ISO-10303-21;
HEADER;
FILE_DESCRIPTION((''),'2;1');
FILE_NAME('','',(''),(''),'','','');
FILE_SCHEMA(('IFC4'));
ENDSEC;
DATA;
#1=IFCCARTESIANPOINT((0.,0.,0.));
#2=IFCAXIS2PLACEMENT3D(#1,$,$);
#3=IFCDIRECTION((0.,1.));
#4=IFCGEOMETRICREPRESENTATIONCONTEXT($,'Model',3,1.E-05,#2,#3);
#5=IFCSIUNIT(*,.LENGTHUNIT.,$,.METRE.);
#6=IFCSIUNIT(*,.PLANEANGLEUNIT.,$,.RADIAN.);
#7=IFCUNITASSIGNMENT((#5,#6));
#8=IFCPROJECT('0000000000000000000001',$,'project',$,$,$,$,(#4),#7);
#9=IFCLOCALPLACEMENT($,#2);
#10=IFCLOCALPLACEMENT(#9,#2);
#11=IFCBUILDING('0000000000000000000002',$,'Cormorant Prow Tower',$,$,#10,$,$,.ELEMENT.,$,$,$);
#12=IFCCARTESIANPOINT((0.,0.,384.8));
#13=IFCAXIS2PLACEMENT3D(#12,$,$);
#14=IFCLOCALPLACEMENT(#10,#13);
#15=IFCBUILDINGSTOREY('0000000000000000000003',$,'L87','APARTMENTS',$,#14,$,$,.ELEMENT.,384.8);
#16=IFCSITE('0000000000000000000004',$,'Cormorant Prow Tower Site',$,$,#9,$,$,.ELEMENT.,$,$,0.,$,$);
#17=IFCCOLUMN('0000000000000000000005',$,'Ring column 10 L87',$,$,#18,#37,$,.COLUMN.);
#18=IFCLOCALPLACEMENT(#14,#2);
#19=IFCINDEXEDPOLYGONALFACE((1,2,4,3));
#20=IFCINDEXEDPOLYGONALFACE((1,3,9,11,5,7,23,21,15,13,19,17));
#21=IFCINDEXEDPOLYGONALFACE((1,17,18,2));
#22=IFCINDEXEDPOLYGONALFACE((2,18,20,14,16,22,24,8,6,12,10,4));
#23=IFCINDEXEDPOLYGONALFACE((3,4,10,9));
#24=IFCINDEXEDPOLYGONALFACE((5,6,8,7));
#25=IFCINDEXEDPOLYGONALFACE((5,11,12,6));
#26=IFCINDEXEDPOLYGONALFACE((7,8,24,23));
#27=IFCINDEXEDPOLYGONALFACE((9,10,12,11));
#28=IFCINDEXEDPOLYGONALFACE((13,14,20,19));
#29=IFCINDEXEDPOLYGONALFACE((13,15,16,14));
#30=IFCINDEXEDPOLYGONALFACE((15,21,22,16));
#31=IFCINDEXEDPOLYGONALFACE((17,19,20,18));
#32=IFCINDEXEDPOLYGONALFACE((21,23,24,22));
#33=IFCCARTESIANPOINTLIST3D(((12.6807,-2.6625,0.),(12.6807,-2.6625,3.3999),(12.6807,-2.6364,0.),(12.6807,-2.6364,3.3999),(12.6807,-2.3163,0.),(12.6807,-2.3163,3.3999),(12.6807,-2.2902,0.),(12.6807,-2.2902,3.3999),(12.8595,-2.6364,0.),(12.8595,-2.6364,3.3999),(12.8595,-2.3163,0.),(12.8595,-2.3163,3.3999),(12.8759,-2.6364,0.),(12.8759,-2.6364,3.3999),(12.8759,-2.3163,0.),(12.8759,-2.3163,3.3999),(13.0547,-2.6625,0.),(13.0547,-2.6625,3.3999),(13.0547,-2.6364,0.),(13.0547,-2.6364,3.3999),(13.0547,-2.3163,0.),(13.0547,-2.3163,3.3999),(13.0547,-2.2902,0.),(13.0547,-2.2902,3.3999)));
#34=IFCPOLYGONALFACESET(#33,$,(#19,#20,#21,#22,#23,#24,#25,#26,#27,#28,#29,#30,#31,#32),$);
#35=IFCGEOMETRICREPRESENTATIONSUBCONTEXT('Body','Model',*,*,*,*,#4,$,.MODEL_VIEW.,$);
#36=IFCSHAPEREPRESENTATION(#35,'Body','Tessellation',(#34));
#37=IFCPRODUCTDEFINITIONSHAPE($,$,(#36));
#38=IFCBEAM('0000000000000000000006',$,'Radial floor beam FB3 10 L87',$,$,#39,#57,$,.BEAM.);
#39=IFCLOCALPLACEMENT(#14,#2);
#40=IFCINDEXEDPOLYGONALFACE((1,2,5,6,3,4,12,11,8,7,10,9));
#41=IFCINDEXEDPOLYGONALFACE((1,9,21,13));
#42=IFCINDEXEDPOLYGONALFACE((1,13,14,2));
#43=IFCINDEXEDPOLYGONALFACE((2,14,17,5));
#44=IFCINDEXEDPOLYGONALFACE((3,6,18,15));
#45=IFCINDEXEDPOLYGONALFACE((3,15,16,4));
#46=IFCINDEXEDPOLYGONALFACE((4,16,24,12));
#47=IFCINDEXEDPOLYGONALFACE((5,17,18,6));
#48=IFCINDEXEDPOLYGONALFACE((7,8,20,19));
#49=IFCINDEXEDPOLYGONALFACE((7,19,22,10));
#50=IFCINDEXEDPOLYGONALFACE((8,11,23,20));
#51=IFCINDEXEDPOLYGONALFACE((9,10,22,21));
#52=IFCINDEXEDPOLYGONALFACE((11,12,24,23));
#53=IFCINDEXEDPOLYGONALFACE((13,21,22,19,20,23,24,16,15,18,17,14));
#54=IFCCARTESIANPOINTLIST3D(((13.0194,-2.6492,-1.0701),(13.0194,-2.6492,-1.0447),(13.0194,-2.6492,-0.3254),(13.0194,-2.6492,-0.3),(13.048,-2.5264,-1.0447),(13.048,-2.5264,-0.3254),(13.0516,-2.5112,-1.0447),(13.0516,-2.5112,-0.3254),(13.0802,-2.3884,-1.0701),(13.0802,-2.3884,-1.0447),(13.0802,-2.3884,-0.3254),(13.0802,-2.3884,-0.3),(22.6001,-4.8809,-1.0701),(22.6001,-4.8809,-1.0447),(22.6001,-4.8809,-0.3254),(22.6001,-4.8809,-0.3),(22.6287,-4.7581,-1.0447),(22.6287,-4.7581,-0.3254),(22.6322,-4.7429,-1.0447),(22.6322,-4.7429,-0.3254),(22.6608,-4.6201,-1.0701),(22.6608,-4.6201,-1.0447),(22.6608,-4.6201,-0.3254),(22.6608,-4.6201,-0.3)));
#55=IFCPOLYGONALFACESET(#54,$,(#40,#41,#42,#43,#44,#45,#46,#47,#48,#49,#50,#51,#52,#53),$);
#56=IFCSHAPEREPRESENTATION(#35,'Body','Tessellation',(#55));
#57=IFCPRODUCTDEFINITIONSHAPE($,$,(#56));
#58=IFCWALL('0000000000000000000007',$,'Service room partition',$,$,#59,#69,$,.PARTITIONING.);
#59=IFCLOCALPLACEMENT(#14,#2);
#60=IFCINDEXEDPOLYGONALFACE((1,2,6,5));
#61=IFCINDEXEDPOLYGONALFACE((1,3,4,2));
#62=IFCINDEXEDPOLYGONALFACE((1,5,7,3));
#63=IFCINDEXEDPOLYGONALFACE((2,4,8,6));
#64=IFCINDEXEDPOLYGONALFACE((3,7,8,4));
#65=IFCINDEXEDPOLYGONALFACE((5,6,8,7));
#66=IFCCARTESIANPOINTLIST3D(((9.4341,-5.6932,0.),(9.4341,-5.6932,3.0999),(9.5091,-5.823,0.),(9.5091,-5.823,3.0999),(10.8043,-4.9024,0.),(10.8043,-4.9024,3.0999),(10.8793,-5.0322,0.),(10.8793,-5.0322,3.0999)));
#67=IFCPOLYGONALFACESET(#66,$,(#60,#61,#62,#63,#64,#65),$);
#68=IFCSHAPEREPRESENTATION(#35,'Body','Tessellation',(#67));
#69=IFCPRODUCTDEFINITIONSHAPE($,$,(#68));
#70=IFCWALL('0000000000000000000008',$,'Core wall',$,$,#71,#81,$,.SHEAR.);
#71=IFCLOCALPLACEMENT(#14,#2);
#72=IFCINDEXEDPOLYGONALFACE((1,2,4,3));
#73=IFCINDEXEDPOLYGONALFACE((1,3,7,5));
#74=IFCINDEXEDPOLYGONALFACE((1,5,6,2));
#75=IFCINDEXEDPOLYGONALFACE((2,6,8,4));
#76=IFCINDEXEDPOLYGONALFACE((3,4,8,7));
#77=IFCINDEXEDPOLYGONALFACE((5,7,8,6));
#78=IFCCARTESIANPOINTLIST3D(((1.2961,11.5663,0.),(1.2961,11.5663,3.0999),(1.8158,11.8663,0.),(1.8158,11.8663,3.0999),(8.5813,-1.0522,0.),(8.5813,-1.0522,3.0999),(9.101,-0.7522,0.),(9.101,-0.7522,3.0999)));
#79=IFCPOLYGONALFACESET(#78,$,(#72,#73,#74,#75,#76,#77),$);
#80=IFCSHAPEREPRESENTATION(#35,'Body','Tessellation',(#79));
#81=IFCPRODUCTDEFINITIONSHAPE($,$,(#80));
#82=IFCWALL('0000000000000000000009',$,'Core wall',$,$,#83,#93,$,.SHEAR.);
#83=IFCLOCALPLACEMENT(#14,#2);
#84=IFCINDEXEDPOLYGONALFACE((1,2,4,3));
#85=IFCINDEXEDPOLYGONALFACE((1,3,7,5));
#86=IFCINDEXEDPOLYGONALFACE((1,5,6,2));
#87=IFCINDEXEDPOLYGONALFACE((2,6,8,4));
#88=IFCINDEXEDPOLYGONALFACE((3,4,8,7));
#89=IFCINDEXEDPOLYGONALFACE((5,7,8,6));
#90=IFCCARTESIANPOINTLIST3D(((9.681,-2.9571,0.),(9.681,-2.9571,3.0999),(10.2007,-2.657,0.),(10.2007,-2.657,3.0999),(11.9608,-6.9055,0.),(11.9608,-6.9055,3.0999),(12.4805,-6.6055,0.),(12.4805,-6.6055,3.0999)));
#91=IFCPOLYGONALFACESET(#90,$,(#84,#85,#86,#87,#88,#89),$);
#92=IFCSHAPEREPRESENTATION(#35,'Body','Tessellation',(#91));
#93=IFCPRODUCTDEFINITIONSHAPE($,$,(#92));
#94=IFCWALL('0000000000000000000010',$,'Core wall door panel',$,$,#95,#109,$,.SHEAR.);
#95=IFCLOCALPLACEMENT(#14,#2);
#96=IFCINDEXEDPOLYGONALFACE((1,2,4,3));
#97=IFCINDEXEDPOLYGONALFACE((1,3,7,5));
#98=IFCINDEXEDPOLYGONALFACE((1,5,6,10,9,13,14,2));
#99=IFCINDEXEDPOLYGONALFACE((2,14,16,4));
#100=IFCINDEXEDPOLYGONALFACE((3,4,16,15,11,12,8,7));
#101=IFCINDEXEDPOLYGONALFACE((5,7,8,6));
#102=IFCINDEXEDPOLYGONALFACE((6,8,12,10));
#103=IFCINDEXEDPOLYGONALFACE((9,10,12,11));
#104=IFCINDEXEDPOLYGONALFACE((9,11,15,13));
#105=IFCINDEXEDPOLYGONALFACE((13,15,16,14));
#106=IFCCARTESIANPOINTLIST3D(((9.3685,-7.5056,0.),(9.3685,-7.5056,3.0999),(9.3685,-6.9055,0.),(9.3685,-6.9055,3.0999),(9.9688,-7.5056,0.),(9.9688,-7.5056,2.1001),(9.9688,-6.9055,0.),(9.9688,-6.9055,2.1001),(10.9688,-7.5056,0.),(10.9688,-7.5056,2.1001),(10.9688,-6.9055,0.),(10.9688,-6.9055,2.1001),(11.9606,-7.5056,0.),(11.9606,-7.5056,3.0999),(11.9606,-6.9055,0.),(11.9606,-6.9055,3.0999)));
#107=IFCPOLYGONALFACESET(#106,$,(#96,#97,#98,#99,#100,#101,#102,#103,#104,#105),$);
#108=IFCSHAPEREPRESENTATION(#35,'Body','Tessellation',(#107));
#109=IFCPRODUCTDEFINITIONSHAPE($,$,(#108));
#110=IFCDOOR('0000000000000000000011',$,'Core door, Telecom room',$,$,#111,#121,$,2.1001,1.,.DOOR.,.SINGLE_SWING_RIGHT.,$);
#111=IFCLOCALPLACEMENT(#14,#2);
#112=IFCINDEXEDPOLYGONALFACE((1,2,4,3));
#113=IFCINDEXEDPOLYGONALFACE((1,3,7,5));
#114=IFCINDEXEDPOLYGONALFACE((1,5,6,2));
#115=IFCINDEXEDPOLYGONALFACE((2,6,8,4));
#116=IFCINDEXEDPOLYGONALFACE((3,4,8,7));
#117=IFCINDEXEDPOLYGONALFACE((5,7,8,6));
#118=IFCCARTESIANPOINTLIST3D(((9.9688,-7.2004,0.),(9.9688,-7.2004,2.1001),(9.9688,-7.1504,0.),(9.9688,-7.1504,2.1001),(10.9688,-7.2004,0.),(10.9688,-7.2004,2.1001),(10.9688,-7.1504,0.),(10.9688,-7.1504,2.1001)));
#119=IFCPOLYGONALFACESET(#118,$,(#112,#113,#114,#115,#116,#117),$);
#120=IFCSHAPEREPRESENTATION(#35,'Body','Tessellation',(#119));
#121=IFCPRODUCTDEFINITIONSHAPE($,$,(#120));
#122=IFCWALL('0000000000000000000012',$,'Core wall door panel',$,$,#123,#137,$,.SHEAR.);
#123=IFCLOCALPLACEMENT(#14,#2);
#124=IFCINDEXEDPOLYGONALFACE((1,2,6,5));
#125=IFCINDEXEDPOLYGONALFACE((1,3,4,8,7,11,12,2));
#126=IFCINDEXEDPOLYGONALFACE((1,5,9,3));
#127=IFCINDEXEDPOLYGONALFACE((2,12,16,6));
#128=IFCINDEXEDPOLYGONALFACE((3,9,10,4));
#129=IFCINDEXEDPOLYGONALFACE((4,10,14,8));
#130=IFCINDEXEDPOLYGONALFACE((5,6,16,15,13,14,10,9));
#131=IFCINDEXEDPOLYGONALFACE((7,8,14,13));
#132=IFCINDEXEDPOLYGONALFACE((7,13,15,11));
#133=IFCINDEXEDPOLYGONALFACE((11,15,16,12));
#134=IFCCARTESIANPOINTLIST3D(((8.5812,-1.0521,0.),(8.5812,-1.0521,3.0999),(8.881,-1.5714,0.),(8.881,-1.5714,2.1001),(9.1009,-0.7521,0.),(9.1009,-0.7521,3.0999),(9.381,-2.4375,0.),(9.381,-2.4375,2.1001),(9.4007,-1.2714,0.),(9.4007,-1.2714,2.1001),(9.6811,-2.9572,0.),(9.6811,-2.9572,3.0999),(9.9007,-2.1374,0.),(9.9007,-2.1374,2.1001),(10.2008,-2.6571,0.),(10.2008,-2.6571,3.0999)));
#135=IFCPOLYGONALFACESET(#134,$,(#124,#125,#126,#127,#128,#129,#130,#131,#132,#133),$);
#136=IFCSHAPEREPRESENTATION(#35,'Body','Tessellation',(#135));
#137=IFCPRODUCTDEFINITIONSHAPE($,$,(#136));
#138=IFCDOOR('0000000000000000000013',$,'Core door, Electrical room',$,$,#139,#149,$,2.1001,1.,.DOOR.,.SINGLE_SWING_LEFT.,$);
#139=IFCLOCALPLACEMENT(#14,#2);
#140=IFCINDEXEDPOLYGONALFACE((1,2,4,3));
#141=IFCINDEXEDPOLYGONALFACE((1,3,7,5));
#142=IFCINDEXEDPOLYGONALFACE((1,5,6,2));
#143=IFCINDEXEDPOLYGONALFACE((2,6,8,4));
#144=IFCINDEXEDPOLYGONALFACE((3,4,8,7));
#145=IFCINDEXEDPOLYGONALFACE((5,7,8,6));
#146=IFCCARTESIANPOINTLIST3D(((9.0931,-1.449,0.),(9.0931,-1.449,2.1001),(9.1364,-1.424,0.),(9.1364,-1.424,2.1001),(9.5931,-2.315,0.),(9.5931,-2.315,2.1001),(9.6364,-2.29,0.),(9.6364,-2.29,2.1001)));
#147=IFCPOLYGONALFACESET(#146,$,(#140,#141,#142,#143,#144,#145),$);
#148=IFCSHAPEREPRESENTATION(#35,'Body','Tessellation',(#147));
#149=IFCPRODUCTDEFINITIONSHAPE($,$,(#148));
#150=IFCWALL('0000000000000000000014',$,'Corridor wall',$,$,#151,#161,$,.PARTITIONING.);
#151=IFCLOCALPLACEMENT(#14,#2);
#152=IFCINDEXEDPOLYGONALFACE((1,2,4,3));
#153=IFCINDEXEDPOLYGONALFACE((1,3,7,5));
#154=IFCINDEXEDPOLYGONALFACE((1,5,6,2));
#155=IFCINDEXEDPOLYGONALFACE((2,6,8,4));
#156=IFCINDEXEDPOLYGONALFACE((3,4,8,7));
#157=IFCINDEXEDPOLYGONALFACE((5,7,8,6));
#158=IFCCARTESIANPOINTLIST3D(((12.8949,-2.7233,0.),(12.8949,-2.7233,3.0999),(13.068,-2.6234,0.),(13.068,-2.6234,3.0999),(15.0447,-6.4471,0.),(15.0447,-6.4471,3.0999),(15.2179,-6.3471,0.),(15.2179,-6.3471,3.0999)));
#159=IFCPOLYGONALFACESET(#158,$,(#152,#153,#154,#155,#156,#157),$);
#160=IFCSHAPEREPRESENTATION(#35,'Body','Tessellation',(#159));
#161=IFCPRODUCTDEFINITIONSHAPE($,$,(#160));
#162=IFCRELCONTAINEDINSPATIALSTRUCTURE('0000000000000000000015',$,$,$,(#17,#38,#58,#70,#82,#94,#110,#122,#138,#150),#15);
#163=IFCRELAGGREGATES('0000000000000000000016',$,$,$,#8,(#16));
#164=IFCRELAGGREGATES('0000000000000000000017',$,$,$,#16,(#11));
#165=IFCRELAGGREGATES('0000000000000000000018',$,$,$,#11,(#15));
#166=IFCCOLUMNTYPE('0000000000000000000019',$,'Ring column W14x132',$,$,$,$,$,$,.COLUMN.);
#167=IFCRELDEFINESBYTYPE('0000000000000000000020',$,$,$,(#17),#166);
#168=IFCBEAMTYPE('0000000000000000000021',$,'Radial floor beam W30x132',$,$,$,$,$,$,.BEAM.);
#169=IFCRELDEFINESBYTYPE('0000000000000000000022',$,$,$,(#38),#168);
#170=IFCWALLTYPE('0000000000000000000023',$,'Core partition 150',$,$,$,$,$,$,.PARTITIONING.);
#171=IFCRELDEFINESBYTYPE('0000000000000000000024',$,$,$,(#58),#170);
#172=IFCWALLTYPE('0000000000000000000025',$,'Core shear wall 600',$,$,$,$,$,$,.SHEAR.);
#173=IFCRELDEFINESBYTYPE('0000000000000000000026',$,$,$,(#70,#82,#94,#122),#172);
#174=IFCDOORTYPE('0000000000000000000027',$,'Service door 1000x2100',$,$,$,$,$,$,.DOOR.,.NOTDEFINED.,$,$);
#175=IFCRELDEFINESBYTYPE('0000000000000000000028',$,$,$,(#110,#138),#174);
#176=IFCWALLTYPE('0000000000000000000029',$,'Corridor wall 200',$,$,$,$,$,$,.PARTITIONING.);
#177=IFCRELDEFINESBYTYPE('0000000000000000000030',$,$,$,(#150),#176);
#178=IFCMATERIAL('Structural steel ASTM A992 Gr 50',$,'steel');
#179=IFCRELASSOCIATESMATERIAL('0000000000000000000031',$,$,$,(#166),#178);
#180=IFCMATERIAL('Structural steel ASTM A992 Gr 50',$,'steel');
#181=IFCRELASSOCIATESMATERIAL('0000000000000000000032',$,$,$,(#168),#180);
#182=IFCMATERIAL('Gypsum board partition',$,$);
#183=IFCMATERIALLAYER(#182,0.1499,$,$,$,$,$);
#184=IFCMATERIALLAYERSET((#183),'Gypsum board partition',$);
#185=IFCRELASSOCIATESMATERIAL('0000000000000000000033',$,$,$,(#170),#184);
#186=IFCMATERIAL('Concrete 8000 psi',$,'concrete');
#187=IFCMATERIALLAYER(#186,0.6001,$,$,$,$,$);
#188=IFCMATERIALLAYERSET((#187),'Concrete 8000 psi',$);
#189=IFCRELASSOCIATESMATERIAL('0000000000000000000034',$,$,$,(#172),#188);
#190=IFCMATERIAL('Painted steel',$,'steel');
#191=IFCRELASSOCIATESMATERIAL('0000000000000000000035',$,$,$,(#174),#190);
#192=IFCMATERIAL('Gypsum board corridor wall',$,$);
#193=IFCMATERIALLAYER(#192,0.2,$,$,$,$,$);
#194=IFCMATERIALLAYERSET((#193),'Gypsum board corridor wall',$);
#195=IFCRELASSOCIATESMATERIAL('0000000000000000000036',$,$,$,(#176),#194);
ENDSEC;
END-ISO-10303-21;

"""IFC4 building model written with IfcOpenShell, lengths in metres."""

from ifc_helpers import new_model, si_unit, direction, frame, frame_2d, origin, origin_2d, place, context, subcontext, project, spatial, rectangle, i_section, extrude, material, layer, layer_set, material_profile, profile_set, type_object, element, fill, save


model = new_model("IFC4")

# Units and contexts
model_context = context("Model", 3, precision=1e-05, world=origin(), true_north=direction((0.0, 1.0)))
body_context = subcontext(model_context, "Body", "Model", "MODEL_VIEW")
ifc_project = project(units=[si_unit("LENGTHUNIT", "METRE"), si_unit("PLANEANGLEUNIT", "RADIAN")], contexts=[model_context])

# Site, building, storey
site_placement = place(None, origin())
site = spatial("IfcSite", under=ifc_project, at=site_placement, Name="Cormorant Prow Tower Site", CompositionType="ELEMENT", RefElevation=0.0)
building_placement = place(site_placement, origin())
building = spatial("IfcBuilding", under=site, at=building_placement, Name="Cormorant Prow Tower", CompositionType="ELEMENT")
storey_placement = place(building_placement, frame((0.0, 0.0, 384.8)))
storey = spatial("IfcBuildingStorey", under=building, at=storey_placement, Name="L87", Description="APARTMENTS", CompositionType="ELEMENT", Elevation=384.8)

# Column
ifc_material_1 = material(Name="Structural steel ASTM A992 Gr 50", Category="steel")
ifc_material_profile_1 = material_profile(ifc_material_1, i_section(OverallWidth=0.374, OverallDepth=0.3723, WebThickness=0.0164, FlangeThickness=0.0261, at=origin_2d()), Name="W14x132")
ifc_profile_set_1 = profile_set([ifc_material_profile_1], Name="Structural steel ASTM A992 Gr 50")
column_type = type_object("IfcColumnType", Name="Ring column W14x132", PredefinedType="COLUMN", material=ifc_profile_set_1)
column_placement = place(storey_placement, frame((12.8677, -2.4763, 0.0), z_axis=(0.0, 0.0, 1.0), x_axis=(1.0, 0.0, 0.0)))
element("IfcColumn", 1, at=column_placement, inside=storey, type_object=column_type, Name="Ring column 10 L87", PredefinedType="COLUMN", context=body_context, shape_type="SweptSolid", body=[
    extrude(i_section(OverallWidth=0.374, OverallDepth=0.3723, WebThickness=0.0164, FlangeThickness=0.0261, at=origin_2d()), origin(), (0.0, 0.0, 1.0), 3.3999),
])

# Beam
ifc_material_2 = material(Name="Structural steel ASTM A992 Gr 50", Category="steel")
ifc_material_profile_2 = material_profile(ifc_material_2, i_section(OverallWidth=0.2678, OverallDepth=0.77, WebThickness=0.0156, FlangeThickness=0.0254, at=origin_2d()), Name="W30x132")
ifc_profile_set_2 = profile_set([ifc_material_profile_2], Name="Structural steel ASTM A992 Gr 50")
beam_type = type_object("IfcBeamType", Name="Radial floor beam W30x132", PredefinedType="BEAM", material=ifc_profile_set_2)
beam_placement = place(storey_placement, frame((13.0498, -2.5188, -0.6851), z_axis=(0.973926, -0.226866, 0.0), x_axis=(0.226866, 0.973926, 0.0)))
element("IfcBeam", 2, at=beam_placement, inside=storey, type_object=beam_type, Name="Radial floor beam FB3 10 L87", PredefinedType="BEAM", context=body_context, shape_type="SweptSolid", body=[
    extrude(i_section(OverallWidth=0.2678, OverallDepth=0.77, WebThickness=0.0156, FlangeThickness=0.0254, at=origin_2d()), origin(), (0.0, 0.0, 1.0), 9.8372),
])

# Walls
ifc_material_3 = material(Name="Gypsum board partition")
ifc_layer_1 = layer(ifc_material_3, 0.1499)
ifc_layer_set_1 = layer_set([ifc_layer_1], Name="Gypsum board partition")
wall_type_1 = type_object("IfcWallType", Name="Core partition 150", PredefinedType="PARTITIONING", material=ifc_layer_set_1)
wall_1_placement = place(storey_placement, frame((10.8418, -4.9673, 0.0), z_axis=(0.0, 0.0, 1.0), x_axis=(-0.866098, -0.499874, 0.0)))
element("IfcWall", 3, at=wall_1_placement, inside=storey, type_object=wall_type_1, Name="Service room partition", PredefinedType="PARTITIONING", context=body_context, shape_type="SweptSolid", body=[
    extrude(rectangle(XDim=1.582, YDim=0.1499, at=frame_2d((0.791, 0.0))), origin(), (0.0, 0.0, 1.0), 3.0999),
])
ifc_material_4 = material(Name="Concrete 8000 psi", Category="concrete")
ifc_layer_2 = layer(ifc_material_4, 0.6001)
ifc_layer_set_2 = layer_set([ifc_layer_2], Name="Concrete 8000 psi")
wall_type_2 = type_object("IfcWallType", Name="Core shear wall 600", PredefinedType="SHEAR", material=ifc_layer_set_2)
wall_2_placement = place(storey_placement, frame((8.8411, -0.9021, 0.0), z_axis=(0.0, 0.0, 1.0), x_axis=(-0.499996, 0.866028, 0.0)))
element("IfcWall", 4, at=wall_2_placement, inside=storey, type_object=wall_type_2, Name="Core wall", PredefinedType="SHEAR", context=body_context, shape_type="SweptSolid", body=[
    extrude(rectangle(XDim=14.5706, YDim=0.6001, at=frame_2d((7.2852, 0.0))), origin(), (0.0, 0.0, 1.0), 3.0999),
])
wall_3_placement = place(storey_placement, frame((12.2207, -6.7556, 0.0), z_axis=(0.0, 0.0, 1.0), x_axis=(-0.500021, 0.866013, 0.0)))
element("IfcWall", 5, at=wall_3_placement, inside=storey, type_object=wall_type_2, Name="Core wall", PredefinedType="SHEAR", context=body_context, shape_type="SweptSolid", body=[
    extrude(rectangle(XDim=4.5593, YDim=0.6001, at=frame_2d((2.2798, 0.0))), origin(), (0.0, 0.0, 1.0), 3.0999),
])

# Walls, openings, doors
wall_4_placement = place(storey_placement, frame((9.3687, -7.2056, 0.0), z_axis=(0.0, 0.0, 1.0), x_axis=(1.0, 0.0, 0.0)))
wall_4 = element("IfcWall", 6, at=wall_4_placement, inside=storey, type_object=wall_type_2, Name="Core wall door panel", PredefinedType="SHEAR", context=body_context, shape_type="SweptSolid", body=[
    extrude(rectangle(XDim=2.592, YDim=0.6001, at=frame_2d((1.2959, 0.0))), origin(), (0.0, 0.0, 1.0), 3.0999),
])
opening_1_placement = place(wall_4_placement, frame((0.6001, 0.0, 0.0)))
opening_1 = element("IfcOpeningElement", 7, at=opening_1_placement, cuts=wall_4, PredefinedType="OPENING", context=body_context, shape_type="SweptSolid", body=[
    extrude(rectangle(XDim=1.0, YDim=2.1001, at=frame_2d((0.5, 1.05))), frame((0.0, 0.3101, 0.0), z_axis=(0.0, -1.0, 0.0), x_axis=(1.0, 0.0, 0.0)), (0.0, 0.0, 1.0), 0.6201),
])
ifc_material_5 = material(Name="Painted steel", Category="steel")
door_type_1 = type_object("IfcDoorType", Name="Service door 1000x2100", OperationType="NOTDEFINED", PredefinedType="DOOR", material=ifc_material_5)
door_1_placement = place(opening_1_placement, origin())
door_1 = element("IfcDoor", 8, at=door_1_placement, inside=storey, type_object=door_type_1, Name="Core door, Telecom room", OperationType="SINGLE_SWING_RIGHT", OverallHeight=2.1001, OverallWidth=1.0, PredefinedType="DOOR", context=body_context, shape_type="SweptSolid", body=[
    extrude(rectangle(XDim=1.0, YDim=2.1001, at=frame_2d((0.5, 1.05))), frame((0.0, 0.0552, 0.0), z_axis=(0.0, -1.0, 0.0), x_axis=(1.0, 0.0, 0.0)), (0.0, 0.0, 1.0), 0.05),
])
fill(opening_1, door_1)
wall_5_placement = place(storey_placement, frame((9.9409, -2.8071, 0.0), z_axis=(0.0, 0.0, 1.0), x_axis=(-0.499995, 0.866028, 0.0)))
wall_5 = element("IfcWall", 9, at=wall_5_placement, inside=storey, type_object=wall_type_2, Name="Core wall door panel", PredefinedType="SHEAR", context=body_context, shape_type="SweptSolid", body=[
    extrude(rectangle(XDim=2.1997, YDim=0.6001, at=frame_2d((1.0999, 0.0))), origin(), (0.0, 0.0, 1.0), 3.0999),
])
opening_2_placement = place(wall_5_placement, frame((0.6001, 0.0, 0.0)))
opening_2 = element("IfcOpeningElement", 10, at=opening_2_placement, cuts=wall_5, PredefinedType="OPENING", context=body_context, shape_type="SweptSolid", body=[
    extrude(rectangle(XDim=1.0, YDim=2.1001, at=frame_2d((0.5, 1.05))), frame((0.0, 0.3101, 0.0), z_axis=(0.0, -1.0, 0.0), x_axis=(1.0, 0.0, 0.0)), (0.0, 0.0, 1.0), 0.6201),
])
door_2_placement = place(opening_2_placement, origin())
door_2 = element("IfcDoor", 11, at=door_2_placement, inside=storey, type_object=door_type_1, Name="Core door, Electrical room", OperationType="SINGLE_SWING_LEFT", OverallHeight=2.1001, OverallWidth=1.0, PredefinedType="DOOR", context=body_context, shape_type="SweptSolid", body=[
    extrude(rectangle(XDim=1.0, YDim=2.1001, at=frame_2d((0.5, 1.05))), frame((0.0, 0.0552, 0.0), z_axis=(0.0, -1.0, 0.0), x_axis=(1.0, 0.0, 0.0)), (0.0, 0.0, 1.0), 0.05),
])
fill(opening_2, door_2)

# Wall
ifc_material_6 = material(Name="Gypsum board corridor wall")
ifc_layer_3 = layer(ifc_material_6, 0.2)
ifc_layer_set_3 = layer_set([ifc_layer_3], Name="Gypsum board corridor wall")
wall_type_3 = type_object("IfcWallType", Name="Corridor wall 200", PredefinedType="PARTITIONING", material=ifc_layer_set_3)
wall_6_placement = place(storey_placement, frame((12.9814, -2.6733, 0.0), z_axis=(0.0, 0.0, 1.0), x_axis=(0.499986, -0.866033, 0.0)))
element("IfcWall", 12, at=wall_6_placement, inside=storey, type_object=wall_type_3, Name="Corridor wall", PredefinedType="PARTITIONING", context=body_context, shape_type="SweptSolid", body=[
    extrude(rectangle(XDim=4.2998, YDim=0.2, at=frame_2d((2.1499, 0.0))), origin(), (0.0, 0.0, 1.0), 3.0999),
])

save(model, "model.ifc")
